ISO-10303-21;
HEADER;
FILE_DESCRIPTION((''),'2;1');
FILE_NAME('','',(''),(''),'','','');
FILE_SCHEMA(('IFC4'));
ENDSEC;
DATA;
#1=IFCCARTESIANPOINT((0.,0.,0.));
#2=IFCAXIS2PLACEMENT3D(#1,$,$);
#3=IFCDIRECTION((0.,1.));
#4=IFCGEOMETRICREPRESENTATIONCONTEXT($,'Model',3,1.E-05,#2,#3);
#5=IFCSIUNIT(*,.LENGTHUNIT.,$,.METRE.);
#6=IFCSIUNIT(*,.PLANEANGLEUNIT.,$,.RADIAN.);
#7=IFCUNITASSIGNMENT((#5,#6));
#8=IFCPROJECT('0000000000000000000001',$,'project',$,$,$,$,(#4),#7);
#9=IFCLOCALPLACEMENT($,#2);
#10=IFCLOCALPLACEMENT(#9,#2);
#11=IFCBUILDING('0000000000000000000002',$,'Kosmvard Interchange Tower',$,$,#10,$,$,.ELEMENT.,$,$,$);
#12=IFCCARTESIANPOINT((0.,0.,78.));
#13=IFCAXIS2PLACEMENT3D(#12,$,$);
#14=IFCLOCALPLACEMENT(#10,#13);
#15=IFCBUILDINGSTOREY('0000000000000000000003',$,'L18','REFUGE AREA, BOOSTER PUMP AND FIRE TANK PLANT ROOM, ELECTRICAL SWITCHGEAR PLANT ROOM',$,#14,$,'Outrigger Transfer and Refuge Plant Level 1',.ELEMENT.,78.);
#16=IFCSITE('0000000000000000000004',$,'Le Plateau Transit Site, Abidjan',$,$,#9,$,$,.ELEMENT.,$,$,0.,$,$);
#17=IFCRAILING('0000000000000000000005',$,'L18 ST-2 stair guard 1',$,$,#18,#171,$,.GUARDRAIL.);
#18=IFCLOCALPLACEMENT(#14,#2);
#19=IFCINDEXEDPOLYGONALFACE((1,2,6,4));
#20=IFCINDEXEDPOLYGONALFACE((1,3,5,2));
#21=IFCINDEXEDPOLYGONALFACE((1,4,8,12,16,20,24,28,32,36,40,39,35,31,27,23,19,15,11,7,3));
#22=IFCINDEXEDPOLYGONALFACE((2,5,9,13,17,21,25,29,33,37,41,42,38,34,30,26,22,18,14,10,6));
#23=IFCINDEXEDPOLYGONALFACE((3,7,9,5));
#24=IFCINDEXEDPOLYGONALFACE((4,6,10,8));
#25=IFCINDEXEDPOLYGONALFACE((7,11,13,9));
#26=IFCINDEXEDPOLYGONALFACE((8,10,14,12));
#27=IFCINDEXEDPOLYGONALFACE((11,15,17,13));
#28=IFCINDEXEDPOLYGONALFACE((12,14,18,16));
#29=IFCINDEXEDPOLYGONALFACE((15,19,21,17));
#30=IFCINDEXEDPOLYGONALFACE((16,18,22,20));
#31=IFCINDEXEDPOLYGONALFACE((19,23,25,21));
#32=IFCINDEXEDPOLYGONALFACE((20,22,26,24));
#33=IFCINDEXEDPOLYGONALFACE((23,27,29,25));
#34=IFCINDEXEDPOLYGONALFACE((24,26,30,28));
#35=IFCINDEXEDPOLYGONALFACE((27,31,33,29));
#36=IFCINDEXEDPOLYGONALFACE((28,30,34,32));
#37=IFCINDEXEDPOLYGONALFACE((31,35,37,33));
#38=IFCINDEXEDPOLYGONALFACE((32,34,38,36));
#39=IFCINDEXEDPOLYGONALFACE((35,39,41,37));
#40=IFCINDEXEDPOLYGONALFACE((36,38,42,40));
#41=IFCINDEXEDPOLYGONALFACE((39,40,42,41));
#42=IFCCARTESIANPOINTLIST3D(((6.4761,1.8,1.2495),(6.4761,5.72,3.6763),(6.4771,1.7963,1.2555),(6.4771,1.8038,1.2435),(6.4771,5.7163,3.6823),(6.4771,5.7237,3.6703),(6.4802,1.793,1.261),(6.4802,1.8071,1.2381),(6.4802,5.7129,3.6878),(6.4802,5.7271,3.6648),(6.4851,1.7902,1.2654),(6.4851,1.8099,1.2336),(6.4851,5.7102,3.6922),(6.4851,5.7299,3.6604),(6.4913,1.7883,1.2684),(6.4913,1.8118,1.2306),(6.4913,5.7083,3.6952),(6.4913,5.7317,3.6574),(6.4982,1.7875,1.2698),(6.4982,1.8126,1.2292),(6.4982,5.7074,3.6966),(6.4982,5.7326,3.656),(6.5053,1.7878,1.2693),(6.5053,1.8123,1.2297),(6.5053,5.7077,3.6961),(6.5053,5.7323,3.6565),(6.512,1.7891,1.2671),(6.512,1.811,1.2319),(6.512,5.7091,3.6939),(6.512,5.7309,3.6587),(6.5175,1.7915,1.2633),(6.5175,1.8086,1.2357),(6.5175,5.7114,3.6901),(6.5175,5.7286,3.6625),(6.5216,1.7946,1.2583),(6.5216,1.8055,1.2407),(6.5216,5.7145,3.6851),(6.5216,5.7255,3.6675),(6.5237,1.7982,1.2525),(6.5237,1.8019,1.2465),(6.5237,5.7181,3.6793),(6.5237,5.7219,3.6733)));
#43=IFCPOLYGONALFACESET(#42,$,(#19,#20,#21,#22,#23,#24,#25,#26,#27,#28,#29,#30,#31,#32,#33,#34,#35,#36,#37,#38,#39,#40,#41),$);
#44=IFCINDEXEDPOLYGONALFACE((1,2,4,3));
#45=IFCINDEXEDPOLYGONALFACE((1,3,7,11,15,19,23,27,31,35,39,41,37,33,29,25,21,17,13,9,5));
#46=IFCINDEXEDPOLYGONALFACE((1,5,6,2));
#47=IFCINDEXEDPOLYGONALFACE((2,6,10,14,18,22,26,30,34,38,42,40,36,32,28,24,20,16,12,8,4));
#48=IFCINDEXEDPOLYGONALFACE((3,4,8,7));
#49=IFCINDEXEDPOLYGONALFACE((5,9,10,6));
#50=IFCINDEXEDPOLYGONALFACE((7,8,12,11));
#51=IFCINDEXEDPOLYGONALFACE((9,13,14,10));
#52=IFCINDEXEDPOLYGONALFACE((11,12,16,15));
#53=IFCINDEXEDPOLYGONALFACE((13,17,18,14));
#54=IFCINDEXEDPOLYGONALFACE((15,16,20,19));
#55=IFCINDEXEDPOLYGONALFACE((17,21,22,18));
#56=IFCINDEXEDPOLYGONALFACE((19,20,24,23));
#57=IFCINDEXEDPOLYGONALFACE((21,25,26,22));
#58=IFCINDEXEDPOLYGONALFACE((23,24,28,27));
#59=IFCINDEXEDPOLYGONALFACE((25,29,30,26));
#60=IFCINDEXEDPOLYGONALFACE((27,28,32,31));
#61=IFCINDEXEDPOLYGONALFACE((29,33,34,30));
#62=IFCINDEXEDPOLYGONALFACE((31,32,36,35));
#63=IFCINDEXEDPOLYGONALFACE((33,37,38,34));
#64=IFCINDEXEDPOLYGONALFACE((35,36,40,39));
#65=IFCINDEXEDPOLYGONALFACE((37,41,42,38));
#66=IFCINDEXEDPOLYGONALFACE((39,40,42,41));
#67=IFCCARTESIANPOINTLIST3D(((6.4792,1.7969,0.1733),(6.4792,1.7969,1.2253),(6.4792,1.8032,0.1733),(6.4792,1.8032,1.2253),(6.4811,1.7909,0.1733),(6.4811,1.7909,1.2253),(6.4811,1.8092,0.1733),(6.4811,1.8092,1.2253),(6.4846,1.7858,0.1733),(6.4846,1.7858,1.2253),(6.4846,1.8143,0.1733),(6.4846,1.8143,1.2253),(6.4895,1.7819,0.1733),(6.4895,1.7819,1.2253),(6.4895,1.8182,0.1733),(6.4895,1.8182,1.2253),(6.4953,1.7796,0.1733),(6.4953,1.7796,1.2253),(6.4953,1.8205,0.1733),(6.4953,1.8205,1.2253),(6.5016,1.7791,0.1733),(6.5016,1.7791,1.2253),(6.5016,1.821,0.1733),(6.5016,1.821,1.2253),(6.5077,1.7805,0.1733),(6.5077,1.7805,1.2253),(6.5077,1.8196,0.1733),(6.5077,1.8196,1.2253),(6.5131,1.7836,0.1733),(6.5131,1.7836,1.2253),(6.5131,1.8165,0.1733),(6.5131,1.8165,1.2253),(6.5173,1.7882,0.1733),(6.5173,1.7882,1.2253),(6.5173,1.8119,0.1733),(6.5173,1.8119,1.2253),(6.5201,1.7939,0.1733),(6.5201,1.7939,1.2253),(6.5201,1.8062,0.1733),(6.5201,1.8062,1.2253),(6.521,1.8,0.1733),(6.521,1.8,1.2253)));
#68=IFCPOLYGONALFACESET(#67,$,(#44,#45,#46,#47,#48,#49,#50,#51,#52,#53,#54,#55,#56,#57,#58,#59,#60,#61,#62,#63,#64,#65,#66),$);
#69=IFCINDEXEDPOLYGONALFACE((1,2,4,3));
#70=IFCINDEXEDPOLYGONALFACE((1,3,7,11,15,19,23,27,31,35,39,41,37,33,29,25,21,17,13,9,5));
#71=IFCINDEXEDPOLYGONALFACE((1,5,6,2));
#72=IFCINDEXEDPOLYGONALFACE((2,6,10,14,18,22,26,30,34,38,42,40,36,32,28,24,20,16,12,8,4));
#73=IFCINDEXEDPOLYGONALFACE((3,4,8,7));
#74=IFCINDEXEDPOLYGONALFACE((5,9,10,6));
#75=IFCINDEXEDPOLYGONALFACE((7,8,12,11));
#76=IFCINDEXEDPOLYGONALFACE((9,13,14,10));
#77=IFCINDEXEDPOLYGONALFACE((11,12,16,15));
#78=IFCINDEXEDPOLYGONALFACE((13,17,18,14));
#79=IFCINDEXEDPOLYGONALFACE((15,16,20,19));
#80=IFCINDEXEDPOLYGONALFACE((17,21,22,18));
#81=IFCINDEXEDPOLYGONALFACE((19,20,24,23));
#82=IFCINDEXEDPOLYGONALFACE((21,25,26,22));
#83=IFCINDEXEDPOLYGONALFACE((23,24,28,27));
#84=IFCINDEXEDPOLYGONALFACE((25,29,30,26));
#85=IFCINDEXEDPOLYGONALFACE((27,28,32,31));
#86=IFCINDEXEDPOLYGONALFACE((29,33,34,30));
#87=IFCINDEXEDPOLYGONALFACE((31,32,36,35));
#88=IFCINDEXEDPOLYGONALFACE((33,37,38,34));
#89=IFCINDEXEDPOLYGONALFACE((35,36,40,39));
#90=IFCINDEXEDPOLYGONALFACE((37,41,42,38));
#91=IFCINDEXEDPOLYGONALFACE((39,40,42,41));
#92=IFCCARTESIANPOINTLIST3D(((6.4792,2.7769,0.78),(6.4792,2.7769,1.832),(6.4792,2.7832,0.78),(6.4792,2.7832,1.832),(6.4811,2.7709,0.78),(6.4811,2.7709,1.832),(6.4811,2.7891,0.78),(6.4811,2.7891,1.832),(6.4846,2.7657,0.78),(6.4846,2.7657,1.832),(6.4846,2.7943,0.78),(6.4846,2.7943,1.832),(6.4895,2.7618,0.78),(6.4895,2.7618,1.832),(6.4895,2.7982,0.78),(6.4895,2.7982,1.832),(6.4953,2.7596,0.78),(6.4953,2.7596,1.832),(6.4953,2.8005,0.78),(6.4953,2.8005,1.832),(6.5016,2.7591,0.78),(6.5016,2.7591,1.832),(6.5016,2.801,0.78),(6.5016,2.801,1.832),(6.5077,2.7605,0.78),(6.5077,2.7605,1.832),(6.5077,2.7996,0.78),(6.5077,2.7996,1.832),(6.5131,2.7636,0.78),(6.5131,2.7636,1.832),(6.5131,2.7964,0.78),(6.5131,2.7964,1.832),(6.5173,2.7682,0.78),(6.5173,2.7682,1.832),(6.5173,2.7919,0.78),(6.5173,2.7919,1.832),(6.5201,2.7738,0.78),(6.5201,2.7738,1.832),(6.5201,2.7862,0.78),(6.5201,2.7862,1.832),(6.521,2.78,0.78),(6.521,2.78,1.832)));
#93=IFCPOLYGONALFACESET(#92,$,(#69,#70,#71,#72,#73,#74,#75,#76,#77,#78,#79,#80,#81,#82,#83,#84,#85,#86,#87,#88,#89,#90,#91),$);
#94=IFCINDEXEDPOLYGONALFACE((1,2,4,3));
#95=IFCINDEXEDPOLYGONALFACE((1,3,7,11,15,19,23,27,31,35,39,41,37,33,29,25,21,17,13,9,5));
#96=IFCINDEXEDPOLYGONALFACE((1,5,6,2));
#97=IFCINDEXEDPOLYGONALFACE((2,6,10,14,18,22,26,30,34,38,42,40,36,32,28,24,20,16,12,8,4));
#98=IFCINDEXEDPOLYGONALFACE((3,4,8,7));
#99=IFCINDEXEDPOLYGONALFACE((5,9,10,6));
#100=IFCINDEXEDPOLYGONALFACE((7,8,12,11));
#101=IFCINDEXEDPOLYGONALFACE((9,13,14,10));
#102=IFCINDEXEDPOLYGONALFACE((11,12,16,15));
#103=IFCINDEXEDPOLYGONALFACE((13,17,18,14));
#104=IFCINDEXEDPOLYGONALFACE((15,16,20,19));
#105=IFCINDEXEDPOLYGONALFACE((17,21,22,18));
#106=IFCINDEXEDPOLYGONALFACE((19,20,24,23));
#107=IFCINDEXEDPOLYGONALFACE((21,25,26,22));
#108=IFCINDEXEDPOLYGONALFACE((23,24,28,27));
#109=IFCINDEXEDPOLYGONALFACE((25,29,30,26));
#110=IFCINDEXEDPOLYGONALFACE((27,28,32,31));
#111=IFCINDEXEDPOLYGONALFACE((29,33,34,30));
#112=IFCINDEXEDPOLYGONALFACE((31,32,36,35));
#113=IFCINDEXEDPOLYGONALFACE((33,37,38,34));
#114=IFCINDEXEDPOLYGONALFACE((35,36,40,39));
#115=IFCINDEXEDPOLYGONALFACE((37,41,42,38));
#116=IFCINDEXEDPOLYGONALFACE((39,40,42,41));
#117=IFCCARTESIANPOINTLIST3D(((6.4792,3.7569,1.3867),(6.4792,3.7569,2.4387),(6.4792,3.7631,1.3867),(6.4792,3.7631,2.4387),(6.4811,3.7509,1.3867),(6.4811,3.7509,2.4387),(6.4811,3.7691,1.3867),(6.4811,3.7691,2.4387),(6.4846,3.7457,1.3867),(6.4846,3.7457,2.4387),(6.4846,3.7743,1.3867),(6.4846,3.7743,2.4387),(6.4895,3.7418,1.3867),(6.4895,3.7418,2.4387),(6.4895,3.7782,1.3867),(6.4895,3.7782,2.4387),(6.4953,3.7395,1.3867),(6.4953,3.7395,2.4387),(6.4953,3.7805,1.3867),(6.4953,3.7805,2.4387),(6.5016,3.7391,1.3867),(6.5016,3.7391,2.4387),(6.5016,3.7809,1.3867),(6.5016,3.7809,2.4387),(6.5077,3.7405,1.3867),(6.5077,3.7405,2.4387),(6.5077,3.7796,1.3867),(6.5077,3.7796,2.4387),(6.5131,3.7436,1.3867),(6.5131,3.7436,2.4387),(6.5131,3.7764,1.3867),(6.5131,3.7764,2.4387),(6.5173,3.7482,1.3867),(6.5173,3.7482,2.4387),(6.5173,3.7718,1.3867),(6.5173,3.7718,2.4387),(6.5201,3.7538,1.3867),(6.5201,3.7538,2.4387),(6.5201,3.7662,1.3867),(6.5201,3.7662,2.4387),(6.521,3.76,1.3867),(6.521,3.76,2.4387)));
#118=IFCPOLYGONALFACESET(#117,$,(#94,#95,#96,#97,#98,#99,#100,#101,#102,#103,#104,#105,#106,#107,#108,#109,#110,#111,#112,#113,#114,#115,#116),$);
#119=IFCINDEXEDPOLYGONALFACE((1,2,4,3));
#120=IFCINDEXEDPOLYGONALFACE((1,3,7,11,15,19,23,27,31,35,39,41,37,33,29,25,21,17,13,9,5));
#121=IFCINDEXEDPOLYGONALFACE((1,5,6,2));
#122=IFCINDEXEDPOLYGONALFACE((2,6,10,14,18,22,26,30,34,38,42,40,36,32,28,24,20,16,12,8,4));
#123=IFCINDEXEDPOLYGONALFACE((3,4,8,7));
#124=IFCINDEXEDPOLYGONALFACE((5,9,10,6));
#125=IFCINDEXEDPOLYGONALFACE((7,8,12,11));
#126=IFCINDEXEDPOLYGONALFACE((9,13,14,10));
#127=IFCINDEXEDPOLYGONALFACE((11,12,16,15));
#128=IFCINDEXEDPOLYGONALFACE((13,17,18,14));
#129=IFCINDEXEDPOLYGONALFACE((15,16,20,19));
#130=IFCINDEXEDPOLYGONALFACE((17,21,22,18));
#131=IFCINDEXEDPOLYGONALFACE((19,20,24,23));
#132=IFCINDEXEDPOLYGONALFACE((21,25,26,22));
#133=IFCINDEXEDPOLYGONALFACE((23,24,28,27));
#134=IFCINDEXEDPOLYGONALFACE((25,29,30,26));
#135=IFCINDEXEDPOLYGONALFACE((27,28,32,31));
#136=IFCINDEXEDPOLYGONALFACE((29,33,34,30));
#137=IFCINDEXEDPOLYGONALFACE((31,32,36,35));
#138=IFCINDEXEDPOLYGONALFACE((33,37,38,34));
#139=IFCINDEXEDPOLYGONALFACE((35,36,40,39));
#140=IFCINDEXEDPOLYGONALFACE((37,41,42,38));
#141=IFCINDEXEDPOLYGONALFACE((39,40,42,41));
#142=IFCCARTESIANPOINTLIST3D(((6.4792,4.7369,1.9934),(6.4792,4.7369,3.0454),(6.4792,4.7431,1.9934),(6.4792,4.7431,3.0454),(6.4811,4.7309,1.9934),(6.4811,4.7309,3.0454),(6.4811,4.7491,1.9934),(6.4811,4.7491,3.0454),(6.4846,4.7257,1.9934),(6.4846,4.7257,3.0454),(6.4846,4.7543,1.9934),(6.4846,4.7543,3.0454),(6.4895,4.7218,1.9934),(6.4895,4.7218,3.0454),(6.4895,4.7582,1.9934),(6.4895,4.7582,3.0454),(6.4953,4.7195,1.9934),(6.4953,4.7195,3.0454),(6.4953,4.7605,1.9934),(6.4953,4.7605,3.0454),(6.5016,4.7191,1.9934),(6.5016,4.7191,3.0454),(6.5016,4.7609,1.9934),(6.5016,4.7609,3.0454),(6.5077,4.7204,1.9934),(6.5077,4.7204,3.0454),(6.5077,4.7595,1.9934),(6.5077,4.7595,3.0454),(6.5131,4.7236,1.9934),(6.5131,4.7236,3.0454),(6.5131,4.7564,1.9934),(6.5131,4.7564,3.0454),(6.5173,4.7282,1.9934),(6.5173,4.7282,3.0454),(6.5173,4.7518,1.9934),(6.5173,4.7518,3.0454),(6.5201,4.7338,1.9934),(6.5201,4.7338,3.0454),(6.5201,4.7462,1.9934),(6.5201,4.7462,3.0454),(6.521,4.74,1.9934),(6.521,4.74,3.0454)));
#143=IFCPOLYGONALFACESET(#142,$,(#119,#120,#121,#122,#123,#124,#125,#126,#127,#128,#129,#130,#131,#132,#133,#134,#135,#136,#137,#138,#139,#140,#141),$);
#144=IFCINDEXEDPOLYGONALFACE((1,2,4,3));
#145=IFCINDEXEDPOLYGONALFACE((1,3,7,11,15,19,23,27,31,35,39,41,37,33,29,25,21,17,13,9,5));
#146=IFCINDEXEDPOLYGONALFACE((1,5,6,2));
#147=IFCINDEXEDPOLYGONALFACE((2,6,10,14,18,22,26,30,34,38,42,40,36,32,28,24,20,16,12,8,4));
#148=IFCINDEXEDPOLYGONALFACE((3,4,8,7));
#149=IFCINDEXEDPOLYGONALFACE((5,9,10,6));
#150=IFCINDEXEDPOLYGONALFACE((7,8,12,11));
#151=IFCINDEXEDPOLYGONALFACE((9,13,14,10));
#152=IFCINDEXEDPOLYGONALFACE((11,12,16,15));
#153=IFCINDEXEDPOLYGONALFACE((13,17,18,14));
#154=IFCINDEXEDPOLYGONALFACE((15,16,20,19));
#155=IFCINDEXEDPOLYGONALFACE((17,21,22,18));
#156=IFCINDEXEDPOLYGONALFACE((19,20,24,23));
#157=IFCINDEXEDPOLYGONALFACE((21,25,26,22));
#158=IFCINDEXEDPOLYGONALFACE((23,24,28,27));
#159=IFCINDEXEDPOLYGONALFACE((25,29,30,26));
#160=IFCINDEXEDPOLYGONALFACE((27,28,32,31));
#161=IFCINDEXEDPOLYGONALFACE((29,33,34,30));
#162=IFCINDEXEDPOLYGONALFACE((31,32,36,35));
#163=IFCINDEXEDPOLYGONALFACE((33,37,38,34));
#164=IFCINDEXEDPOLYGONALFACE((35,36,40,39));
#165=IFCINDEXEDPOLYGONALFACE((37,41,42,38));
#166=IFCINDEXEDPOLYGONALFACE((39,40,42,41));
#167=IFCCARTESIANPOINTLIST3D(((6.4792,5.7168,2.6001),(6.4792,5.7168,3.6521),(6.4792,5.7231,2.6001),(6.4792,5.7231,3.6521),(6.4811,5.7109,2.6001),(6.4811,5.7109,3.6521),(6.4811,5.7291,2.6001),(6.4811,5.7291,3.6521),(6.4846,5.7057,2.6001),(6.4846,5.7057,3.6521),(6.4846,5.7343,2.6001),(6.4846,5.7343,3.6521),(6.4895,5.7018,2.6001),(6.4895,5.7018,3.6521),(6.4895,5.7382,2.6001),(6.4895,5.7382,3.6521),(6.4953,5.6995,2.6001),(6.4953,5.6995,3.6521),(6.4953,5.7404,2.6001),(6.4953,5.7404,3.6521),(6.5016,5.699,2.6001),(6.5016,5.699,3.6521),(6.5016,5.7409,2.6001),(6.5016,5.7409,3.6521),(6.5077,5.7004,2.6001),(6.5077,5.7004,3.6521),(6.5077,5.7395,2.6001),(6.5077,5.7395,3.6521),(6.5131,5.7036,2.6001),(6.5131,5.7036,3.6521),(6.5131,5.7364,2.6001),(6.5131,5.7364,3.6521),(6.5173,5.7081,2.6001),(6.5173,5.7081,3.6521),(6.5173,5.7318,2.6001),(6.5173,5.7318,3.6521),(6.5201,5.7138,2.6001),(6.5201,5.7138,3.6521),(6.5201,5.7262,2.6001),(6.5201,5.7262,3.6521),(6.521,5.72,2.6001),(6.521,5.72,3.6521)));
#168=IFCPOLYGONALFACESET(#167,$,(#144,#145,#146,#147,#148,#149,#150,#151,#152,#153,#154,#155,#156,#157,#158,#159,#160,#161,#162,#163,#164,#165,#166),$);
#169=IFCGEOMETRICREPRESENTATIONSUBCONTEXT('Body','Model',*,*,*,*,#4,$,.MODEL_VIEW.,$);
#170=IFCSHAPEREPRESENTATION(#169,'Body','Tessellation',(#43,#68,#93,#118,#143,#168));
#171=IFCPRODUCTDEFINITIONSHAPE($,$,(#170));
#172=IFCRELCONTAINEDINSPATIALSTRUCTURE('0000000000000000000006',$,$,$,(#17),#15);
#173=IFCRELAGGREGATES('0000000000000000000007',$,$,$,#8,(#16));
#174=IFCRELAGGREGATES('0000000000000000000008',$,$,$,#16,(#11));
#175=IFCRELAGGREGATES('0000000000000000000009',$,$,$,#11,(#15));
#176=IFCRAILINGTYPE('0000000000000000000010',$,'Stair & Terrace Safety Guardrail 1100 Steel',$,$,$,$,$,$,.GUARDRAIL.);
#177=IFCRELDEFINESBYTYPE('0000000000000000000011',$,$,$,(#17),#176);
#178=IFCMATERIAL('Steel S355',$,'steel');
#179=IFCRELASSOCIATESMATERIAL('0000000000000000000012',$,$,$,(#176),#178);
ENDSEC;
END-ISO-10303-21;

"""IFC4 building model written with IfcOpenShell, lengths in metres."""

from ifc_helpers import new_model, si_unit, direction, frame, origin, origin_2d, place, context, subcontext, project, spatial, circle, extrude, source, transform, mapped, material, type_object, element, save


model = new_model("IFC4")

# Units and contexts
model_context = context("Model", 3, precision=1e-05, world=origin(), true_north=direction((0.0, 1.0)))
body_context = subcontext(model_context, "Body", "Model", "MODEL_VIEW")
ifc_project = project(units=[si_unit("LENGTHUNIT", "METRE"), si_unit("PLANEANGLEUNIT", "RADIAN")], contexts=[model_context])

# Site, building, storey
site_placement = place(None, origin())
site = spatial("IfcSite", under=ifc_project, at=site_placement, Name="Le Plateau Transit Site, Abidjan", CompositionType="ELEMENT", RefElevation=0.0)
building_placement = place(site_placement, origin())
building = spatial("IfcBuilding", under=site, at=building_placement, Name="Kosmvard Interchange Tower", CompositionType="ELEMENT")
storey_placement = place(building_placement, frame((0.0, 0.0, 78.0)))
storey = spatial("IfcBuildingStorey", under=building, at=storey_placement, Name="L18", Description="REFUGE AREA, BOOSTER PUMP AND FIRE TANK PLANT ROOM, ELECTRICAL SWITCHGEAR PLANT ROOM", LongName="Outrigger Transfer and Refuge Plant Level 1", CompositionType="ELEMENT", Elevation=78.0)

# Railing
ifc_material_1 = material(Name="Steel S355", Category="steel")
railing_type = type_object("IfcRailingType", Name="Stair & Terrace Safety Guardrail 1100 Steel", PredefinedType="GUARDRAIL", material=ifc_material_1)
shared_shape_1 = source(origin(), body_context, "Body", "SweptSolid", [
    extrude(circle(Radius=0.0239, at=origin_2d()), frame((0.0, 0.0, 1.0762), z_axis=(0.0, 0.850252, 0.526376), x_axis=(-1.0, 0.0, 0.0)), (0.0, 0.0, 1.0), 4.6104),
    extrude(circle(Radius=0.021, at=origin_2d()), origin(), (0.0, 0.0, 1.0), 1.052),
    extrude(circle(Radius=0.021, at=origin_2d()), frame((0.0, 0.98, 0.6067)), (0.0, 0.0, 1.0), 1.052),
    extrude(circle(Radius=0.021, at=origin_2d()), frame((0.0, 1.96, 1.2134)), (0.0, 0.0, 1.0), 1.052),
    extrude(circle(Radius=0.021, at=origin_2d()), frame((0.0, 2.9399, 1.8201)), (0.0, 0.0, 1.0), 1.052),
    extrude(circle(Radius=0.021, at=origin_2d()), frame((0.0, 3.9199, 2.4268)), (0.0, 0.0, 1.0), 1.052),
])
railing_1_placement = place(storey_placement, frame((6.5, 1.8, 0.1733)))
element("IfcRailing", 1, at=railing_1_placement, inside=storey, type_object=railing_type, Name="L18 ST-2 stair guard 1", PredefinedType="GUARDRAIL", context=body_context, shape_type="MappedRepresentation", body=[
    mapped(shared_shape_1, transform((0.0, 0.0, 0.0), scale=1.0)),
])

save(model, "model.ifc")
